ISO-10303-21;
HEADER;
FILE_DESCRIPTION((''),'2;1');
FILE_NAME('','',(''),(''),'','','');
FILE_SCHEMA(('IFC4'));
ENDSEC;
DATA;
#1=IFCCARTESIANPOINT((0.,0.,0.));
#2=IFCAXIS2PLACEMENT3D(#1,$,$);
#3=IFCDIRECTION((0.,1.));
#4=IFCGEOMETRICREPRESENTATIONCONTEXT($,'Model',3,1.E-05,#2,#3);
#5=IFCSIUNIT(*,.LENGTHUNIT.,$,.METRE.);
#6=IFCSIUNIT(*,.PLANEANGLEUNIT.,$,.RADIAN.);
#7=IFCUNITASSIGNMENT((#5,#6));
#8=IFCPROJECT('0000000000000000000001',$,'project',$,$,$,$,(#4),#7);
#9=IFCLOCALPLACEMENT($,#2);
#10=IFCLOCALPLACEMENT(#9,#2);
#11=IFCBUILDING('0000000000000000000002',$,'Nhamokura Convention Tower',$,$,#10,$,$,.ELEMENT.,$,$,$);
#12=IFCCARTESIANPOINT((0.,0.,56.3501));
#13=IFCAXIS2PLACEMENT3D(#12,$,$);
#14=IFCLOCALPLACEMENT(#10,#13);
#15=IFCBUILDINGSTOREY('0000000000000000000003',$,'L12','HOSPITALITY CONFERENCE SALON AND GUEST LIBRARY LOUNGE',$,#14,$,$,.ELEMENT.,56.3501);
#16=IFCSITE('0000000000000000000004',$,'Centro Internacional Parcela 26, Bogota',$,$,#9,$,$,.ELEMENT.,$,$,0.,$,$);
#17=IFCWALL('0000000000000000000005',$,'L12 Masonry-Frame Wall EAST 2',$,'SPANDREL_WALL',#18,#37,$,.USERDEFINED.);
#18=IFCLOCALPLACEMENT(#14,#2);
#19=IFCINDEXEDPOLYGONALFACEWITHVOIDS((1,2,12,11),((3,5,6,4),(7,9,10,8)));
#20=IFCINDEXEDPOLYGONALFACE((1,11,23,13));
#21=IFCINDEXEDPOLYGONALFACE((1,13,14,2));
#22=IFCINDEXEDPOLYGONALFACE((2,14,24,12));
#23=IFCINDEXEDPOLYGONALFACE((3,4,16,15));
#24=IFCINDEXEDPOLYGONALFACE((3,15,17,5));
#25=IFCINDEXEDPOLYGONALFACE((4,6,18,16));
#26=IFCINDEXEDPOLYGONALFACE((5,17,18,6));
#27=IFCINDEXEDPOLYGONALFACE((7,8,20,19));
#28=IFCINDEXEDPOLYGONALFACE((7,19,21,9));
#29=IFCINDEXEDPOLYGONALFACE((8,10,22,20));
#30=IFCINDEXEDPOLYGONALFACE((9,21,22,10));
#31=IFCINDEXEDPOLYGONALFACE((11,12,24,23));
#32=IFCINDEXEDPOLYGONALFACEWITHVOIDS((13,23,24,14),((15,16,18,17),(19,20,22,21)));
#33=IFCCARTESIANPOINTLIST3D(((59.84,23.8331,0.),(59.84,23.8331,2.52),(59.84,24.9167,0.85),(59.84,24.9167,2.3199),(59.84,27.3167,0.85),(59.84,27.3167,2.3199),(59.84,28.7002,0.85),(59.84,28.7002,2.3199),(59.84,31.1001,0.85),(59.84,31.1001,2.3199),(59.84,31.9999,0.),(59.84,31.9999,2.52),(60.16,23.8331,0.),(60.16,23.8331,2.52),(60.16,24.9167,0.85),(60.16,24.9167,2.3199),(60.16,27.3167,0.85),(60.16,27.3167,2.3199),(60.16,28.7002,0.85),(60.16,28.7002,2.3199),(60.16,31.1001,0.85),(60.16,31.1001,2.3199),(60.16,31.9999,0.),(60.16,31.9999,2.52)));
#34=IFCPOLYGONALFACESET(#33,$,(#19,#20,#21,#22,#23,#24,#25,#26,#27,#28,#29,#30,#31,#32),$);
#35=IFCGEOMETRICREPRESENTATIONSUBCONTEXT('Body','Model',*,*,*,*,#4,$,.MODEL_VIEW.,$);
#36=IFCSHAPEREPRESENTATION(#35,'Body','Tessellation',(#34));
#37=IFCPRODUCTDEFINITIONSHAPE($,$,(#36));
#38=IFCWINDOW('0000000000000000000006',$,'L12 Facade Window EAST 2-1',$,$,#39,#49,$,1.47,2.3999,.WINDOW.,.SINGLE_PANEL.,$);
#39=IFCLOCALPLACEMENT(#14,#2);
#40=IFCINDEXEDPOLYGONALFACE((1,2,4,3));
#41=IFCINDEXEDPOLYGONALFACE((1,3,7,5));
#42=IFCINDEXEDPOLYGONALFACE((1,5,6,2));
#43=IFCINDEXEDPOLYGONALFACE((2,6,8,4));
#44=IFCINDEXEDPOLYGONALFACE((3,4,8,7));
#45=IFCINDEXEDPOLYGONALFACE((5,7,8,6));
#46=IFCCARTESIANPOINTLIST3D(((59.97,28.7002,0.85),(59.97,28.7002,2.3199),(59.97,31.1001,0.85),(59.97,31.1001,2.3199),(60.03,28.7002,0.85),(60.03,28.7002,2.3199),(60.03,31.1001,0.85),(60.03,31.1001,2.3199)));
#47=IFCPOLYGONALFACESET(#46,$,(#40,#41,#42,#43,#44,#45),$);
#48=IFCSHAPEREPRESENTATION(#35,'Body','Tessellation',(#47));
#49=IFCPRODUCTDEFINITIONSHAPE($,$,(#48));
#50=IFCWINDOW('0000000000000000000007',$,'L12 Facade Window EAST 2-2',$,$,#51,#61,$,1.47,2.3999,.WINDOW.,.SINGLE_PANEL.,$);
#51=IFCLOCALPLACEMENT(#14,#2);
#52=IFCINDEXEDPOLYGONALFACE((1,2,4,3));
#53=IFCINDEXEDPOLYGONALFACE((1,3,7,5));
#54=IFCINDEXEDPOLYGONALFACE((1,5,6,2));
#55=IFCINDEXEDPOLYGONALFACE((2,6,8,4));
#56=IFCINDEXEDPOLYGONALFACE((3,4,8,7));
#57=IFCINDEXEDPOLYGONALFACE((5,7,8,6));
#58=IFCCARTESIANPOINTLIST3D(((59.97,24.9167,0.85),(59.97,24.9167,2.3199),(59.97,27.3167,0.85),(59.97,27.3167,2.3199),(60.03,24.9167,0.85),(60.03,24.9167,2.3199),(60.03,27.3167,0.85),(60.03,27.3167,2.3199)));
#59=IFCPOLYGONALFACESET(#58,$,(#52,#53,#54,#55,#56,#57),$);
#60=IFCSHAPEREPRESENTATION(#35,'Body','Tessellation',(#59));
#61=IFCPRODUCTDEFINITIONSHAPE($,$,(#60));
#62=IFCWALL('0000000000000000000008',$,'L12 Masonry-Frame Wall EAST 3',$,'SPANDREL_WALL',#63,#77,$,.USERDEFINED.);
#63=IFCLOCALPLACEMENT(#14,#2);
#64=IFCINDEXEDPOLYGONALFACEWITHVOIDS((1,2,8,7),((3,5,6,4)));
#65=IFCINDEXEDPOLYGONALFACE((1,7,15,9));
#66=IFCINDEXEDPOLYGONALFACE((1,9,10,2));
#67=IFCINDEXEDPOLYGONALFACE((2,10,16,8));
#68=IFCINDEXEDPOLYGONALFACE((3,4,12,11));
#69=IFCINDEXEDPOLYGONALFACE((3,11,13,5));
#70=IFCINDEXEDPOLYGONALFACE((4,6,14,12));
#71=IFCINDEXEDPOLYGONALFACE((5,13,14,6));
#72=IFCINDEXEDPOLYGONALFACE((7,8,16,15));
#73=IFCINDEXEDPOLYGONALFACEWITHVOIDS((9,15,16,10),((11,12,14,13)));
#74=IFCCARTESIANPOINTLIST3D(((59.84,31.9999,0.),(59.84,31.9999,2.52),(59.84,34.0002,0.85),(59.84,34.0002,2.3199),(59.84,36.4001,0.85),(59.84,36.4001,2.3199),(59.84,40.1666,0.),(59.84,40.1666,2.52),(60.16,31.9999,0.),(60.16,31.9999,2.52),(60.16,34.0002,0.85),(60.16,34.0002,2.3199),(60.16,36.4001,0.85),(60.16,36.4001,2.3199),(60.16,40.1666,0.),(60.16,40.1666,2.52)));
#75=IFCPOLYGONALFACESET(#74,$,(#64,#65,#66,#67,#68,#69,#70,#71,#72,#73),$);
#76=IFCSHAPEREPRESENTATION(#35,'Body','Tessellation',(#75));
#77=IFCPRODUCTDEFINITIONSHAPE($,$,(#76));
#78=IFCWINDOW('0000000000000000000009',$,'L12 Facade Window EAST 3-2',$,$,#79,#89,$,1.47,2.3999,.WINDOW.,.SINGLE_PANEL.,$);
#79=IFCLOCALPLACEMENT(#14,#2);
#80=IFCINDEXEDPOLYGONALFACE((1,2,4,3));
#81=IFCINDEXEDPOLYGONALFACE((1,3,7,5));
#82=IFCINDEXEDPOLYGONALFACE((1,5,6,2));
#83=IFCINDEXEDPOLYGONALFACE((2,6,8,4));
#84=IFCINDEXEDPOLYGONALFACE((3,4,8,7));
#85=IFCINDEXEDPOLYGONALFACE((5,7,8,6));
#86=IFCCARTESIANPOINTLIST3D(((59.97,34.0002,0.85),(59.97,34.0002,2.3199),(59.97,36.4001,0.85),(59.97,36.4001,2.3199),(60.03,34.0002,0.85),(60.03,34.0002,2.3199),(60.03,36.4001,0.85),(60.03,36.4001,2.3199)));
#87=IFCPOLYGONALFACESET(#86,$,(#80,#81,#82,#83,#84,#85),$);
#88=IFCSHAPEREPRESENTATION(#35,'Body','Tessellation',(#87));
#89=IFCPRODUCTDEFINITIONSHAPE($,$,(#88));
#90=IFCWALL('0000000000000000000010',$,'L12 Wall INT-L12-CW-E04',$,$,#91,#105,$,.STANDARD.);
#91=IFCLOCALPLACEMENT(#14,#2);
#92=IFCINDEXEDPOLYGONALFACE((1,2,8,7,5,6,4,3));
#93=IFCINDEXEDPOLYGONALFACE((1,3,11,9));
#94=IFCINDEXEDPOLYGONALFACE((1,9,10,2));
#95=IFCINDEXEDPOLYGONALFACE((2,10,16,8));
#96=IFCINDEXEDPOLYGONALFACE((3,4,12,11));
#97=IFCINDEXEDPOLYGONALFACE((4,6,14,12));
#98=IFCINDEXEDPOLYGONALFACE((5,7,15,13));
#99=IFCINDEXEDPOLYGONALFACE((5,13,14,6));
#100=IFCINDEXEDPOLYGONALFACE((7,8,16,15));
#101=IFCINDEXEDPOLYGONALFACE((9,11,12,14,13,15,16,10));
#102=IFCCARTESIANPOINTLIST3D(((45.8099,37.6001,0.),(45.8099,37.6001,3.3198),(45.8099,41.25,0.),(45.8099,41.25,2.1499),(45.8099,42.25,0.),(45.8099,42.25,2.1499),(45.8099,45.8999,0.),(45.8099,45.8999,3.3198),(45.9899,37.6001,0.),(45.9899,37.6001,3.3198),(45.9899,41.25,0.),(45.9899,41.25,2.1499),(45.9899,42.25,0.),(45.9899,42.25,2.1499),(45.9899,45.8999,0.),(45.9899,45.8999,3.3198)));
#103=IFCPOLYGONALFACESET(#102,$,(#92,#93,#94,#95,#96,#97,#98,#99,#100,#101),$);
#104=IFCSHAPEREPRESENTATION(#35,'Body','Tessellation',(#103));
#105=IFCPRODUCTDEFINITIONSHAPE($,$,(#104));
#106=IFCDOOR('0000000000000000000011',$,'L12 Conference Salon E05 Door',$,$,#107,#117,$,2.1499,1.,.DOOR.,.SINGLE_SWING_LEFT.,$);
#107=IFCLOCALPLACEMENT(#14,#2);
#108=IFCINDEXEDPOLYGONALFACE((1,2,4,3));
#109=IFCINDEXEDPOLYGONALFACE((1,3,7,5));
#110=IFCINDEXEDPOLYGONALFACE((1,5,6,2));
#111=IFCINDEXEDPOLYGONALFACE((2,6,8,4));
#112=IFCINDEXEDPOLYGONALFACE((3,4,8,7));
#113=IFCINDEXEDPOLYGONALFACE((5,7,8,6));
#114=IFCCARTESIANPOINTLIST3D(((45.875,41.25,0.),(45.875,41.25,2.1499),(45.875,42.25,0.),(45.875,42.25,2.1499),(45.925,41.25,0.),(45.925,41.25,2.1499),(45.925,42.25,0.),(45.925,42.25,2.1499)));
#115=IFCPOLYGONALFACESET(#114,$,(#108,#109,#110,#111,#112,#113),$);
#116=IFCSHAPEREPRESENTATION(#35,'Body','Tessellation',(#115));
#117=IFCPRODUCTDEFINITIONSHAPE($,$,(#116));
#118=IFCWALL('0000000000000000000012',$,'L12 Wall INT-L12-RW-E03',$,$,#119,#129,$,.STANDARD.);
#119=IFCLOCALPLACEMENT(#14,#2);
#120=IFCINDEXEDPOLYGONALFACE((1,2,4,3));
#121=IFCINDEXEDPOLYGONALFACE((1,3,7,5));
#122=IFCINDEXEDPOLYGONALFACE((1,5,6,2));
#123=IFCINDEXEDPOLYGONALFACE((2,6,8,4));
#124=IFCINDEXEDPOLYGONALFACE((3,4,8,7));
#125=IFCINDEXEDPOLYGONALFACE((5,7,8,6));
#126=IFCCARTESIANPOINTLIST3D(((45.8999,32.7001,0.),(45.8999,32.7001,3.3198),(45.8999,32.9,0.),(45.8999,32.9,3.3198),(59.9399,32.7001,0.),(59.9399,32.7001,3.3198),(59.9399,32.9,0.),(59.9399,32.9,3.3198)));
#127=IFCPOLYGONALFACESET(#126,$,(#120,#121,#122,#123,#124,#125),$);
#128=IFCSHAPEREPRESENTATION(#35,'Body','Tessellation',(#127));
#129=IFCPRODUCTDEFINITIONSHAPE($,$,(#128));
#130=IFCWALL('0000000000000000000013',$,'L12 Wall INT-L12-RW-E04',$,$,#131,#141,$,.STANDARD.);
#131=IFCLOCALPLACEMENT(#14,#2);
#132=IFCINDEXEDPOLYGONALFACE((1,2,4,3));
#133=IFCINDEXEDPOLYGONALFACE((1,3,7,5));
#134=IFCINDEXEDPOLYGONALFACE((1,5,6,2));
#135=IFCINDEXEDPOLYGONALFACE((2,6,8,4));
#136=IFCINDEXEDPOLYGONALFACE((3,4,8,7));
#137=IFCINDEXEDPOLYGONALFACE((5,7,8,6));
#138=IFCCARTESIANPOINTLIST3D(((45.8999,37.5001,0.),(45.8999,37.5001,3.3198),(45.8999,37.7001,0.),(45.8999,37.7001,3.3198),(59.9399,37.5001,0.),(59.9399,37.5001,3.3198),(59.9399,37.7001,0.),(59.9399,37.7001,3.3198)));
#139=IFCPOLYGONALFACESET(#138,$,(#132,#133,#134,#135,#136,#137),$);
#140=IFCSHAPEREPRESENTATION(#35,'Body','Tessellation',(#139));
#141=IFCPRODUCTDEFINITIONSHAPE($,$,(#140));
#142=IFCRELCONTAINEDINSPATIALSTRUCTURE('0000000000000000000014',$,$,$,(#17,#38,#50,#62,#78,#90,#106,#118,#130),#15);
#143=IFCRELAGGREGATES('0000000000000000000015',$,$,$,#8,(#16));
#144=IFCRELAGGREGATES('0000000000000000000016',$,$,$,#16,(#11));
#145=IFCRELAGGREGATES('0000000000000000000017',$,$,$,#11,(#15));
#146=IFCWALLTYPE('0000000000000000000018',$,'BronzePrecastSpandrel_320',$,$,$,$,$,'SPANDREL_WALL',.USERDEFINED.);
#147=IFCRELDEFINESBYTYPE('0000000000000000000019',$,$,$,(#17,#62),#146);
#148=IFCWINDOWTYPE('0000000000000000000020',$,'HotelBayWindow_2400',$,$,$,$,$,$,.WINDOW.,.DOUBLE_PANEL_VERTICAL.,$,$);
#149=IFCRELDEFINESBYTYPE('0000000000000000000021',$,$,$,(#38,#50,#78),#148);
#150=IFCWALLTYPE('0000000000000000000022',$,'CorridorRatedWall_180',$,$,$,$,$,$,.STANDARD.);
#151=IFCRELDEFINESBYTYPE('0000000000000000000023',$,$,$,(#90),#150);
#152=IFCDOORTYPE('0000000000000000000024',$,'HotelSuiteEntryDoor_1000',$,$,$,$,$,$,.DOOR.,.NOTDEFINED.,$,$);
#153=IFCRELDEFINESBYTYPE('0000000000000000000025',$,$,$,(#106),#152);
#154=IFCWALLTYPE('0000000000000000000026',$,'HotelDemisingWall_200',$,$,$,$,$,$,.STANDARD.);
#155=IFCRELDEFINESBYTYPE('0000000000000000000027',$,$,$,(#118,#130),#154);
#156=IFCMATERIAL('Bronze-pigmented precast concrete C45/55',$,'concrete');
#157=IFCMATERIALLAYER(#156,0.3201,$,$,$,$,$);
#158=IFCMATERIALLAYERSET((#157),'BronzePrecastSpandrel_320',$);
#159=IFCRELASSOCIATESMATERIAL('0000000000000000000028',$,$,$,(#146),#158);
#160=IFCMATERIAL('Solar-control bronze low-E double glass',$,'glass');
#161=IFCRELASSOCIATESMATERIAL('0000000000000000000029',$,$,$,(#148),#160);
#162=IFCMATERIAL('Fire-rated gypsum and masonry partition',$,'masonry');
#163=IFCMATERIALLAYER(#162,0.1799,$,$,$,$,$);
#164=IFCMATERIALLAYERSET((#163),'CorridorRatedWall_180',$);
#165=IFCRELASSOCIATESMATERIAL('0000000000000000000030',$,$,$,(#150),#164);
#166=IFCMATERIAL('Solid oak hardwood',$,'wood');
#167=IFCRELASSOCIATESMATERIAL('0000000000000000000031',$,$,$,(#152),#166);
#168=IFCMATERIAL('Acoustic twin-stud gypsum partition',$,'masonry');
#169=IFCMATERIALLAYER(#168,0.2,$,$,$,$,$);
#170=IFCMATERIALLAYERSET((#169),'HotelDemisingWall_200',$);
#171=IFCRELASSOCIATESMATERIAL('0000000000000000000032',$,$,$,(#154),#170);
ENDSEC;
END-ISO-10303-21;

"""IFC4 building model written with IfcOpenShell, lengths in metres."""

from ifc_helpers import new_model, si_unit, direction, frame, frame_2d, origin, place, context, subcontext, project, spatial, rectangle, extrude, material, layer, layer_set, type_object, element, fill, save


model = new_model("IFC4")

# Units and contexts
model_context = context("Model", 3, precision=1e-05, world=origin(), true_north=direction((0.0, 1.0)))
body_context = subcontext(model_context, "Body", "Model", "MODEL_VIEW")
ifc_project = project(units=[si_unit("LENGTHUNIT", "METRE"), si_unit("PLANEANGLEUNIT", "RADIAN")], contexts=[model_context])

# Site, building, storey
site_placement = place(None, origin())
site = spatial("IfcSite", under=ifc_project, at=site_placement, Name="Centro Internacional Parcela 26, Bogota", CompositionType="ELEMENT", RefElevation=0.0)
building_placement = place(site_placement, origin())
building = spatial("IfcBuilding", under=site, at=building_placement, Name="Nhamokura Convention Tower", CompositionType="ELEMENT")
storey_placement = place(building_placement, frame((0.0, 0.0, 56.3501)))
storey = spatial("IfcBuildingStorey", under=building, at=storey_placement, Name="L12", Description="HOSPITALITY CONFERENCE SALON AND GUEST LIBRARY LOUNGE", CompositionType="ELEMENT", Elevation=56.3501)

# Wall, openings, windows
ifc_material_1 = material(Name="Bronze-pigmented precast concrete C45/55", Category="concrete")
ifc_layer_1 = layer(ifc_material_1, 0.3201)
ifc_layer_set_1 = layer_set([ifc_layer_1], Name="BronzePrecastSpandrel_320")
wall_type_1 = type_object("IfcWallType", Name="BronzePrecastSpandrel_320", ElementType="SPANDREL_WALL", PredefinedType="USERDEFINED", material=ifc_layer_set_1)
wall_1_placement = place(storey_placement, frame((60.0, 32.0, 0.0), z_axis=(0.0, 0.0, 1.0), x_axis=(0.0, -1.0, 0.0)))
wall_1 = element("IfcWall", 1, at=wall_1_placement, inside=storey, type_object=wall_type_1, Name="L12 Masonry-Frame Wall EAST 2", ObjectType="SPANDREL_WALL", PredefinedType="USERDEFINED", context=body_context, shape_type="SweptSolid", body=[
    extrude(rectangle(XDim=8.1667, YDim=0.3201, at=frame_2d((4.0835, 0.0))), origin(), (0.0, 0.0, 1.0), 2.52),
])
opening_1_placement = place(wall_1_placement, frame((0.8999, 0.0, 0.8501)))
opening_1 = element("IfcOpeningElement", 2, at=opening_1_placement, cuts=wall_1, PredefinedType="OPENING", context=body_context, shape_type="SweptSolid", body=[
    extrude(rectangle(XDim=2.3999, YDim=1.47, at=frame_2d((1.2, 0.7349))), frame((0.0, 0.1699, 0.0), z_axis=(0.0, -1.0, 0.0), x_axis=(1.0, 0.0, 0.0)), (0.0, 0.0, 1.0), 0.3401),
])
opening_2_placement = place(wall_1_placement, frame((4.6833, 0.0, 0.8501)))
opening_2 = element("IfcOpeningElement", 3, at=opening_2_placement, cuts=wall_1, PredefinedType="OPENING", context=body_context, shape_type="SweptSolid", body=[
    extrude(rectangle(XDim=2.3999, YDim=1.47, at=frame_2d((1.2, 0.7349))), frame((0.0, 0.1699, 0.0), z_axis=(0.0, -1.0, 0.0), x_axis=(1.0, 0.0, 0.0)), (0.0, 0.0, 1.0), 0.3401),
])
ifc_material_2 = material(Name="Solar-control bronze low-E double glass", Category="glass")
window_type = type_object("IfcWindowType", Name="HotelBayWindow_2400", PartitioningType="DOUBLE_PANEL_VERTICAL", PredefinedType="WINDOW", material=ifc_material_2)
window_1_placement = place(opening_1_placement, origin())
window_1 = element("IfcWindow", 4, at=window_1_placement, inside=storey, type_object=window_type, Name="L12 Facade Window EAST 2-1", OverallHeight=1.47, OverallWidth=2.3999, PartitioningType="SINGLE_PANEL", PredefinedType="WINDOW", context=body_context, shape_type="SweptSolid", body=[
    extrude(rectangle(XDim=2.3999, YDim=1.47, at=frame_2d((1.2, 0.7349))), frame((0.0, 0.03, 0.0), z_axis=(0.0, -1.0, 0.0), x_axis=(1.0, 0.0, 0.0)), (0.0, 0.0, 1.0), 0.0601),
])
fill(opening_1, window_1)
window_2_placement = place(opening_2_placement, origin())
window_2 = element("IfcWindow", 5, at=window_2_placement, inside=storey, type_object=window_type, Name="L12 Facade Window EAST 2-2", OverallHeight=1.47, OverallWidth=2.3999, PartitioningType="SINGLE_PANEL", PredefinedType="WINDOW", context=body_context, shape_type="SweptSolid", body=[
    extrude(rectangle(XDim=2.3999, YDim=1.47, at=frame_2d((1.2, 0.7349))), frame((0.0, 0.03, 0.0), z_axis=(0.0, -1.0, 0.0), x_axis=(1.0, 0.0, 0.0)), (0.0, 0.0, 1.0), 0.0601),
])
fill(opening_2, window_2)

# Wall, opening, window
wall_2_placement = place(storey_placement, frame((60.0, 40.1667, 0.0), z_axis=(0.0, 0.0, 1.0), x_axis=(0.0, -1.0, 0.0)))
wall_2 = element("IfcWall", 6, at=wall_2_placement, inside=storey, type_object=wall_type_1, Name="L12 Masonry-Frame Wall EAST 3", ObjectType="SPANDREL_WALL", PredefinedType="USERDEFINED", context=body_context, shape_type="SweptSolid", body=[
    extrude(rectangle(XDim=8.1667, YDim=0.3201, at=frame_2d((4.0835, 0.0))), origin(), (0.0, 0.0, 1.0), 2.52),
])
opening_3_placement = place(wall_2_placement, frame((3.7666, 0.0, 0.8501)))
opening_3 = element("IfcOpeningElement", 7, at=opening_3_placement, cuts=wall_2, PredefinedType="OPENING", context=body_context, shape_type="SweptSolid", body=[
    extrude(rectangle(XDim=2.3999, YDim=1.47, at=frame_2d((1.2, 0.7349))), frame((0.0, 0.1699, 0.0), z_axis=(0.0, -1.0, 0.0), x_axis=(1.0, 0.0, 0.0)), (0.0, 0.0, 1.0), 0.3401),
])
window_3_placement = place(opening_3_placement, origin())
window_3 = element("IfcWindow", 8, at=window_3_placement, inside=storey, type_object=window_type, Name="L12 Facade Window EAST 3-2", OverallHeight=1.47, OverallWidth=2.3999, PartitioningType="SINGLE_PANEL", PredefinedType="WINDOW", context=body_context, shape_type="SweptSolid", body=[
    extrude(rectangle(XDim=2.3999, YDim=1.47, at=frame_2d((1.2, 0.7349))), frame((0.0, 0.03, 0.0), z_axis=(0.0, -1.0, 0.0), x_axis=(1.0, 0.0, 0.0)), (0.0, 0.0, 1.0), 0.0601),
])
fill(opening_3, window_3)

# Wall, opening, door
ifc_material_3 = material(Name="Fire-rated gypsum and masonry partition", Category="masonry")
ifc_layer_2 = layer(ifc_material_3, 0.1799)
ifc_layer_set_2 = layer_set([ifc_layer_2], Name="CorridorRatedWall_180")
wall_type_2 = type_object("IfcWallType", Name="CorridorRatedWall_180", PredefinedType="STANDARD", material=ifc_layer_set_2)
ifc_material_4 = material(Name="Solid oak hardwood", Category="wood")
door_type_1 = type_object("IfcDoorType", Name="HotelSuiteEntryDoor_1000", OperationType="NOTDEFINED", PredefinedType="DOOR", material=ifc_material_4)
wall_3_placement = place(storey_placement, frame((45.8999, 37.6001, 0.0), z_axis=(0.0, 0.0, 1.0), x_axis=(0.0, 1.0, 0.0)))
wall_3 = element("IfcWall", 9, at=wall_3_placement, inside=storey, type_object=wall_type_2, Name="L12 Wall INT-L12-CW-E04", PredefinedType="STANDARD", context=body_context, shape_type="SweptSolid", body=[
    extrude(rectangle(XDim=8.2998, YDim=0.1799, at=frame_2d((4.1499, 0.0))), origin(), (0.0, 0.0, 1.0), 3.3198),
])
opening_4_placement = place(wall_3_placement, frame((3.6499, 0.0, 0.0)))
opening_4 = element("IfcOpeningElement", 10, at=opening_4_placement, cuts=wall_3, PredefinedType="OPENING", context=body_context, shape_type="SweptSolid", body=[
    extrude(rectangle(XDim=1.0, YDim=2.1499, at=frame_2d((0.5, 1.075))), frame((0.0, 0.0999, 0.0), z_axis=(0.0, -1.0, 0.0), x_axis=(1.0, 0.0, 0.0)), (0.0, 0.0, 1.0), 0.2),
])
door_1_placement = place(opening_4_placement, origin())
door_1 = element("IfcDoor", 11, at=door_1_placement, inside=storey, type_object=door_type_1, Name="L12 Conference Salon E05 Door", OperationType="SINGLE_SWING_LEFT", OverallHeight=2.1499, OverallWidth=1.0, PredefinedType="DOOR", context=body_context, shape_type="SweptSolid", body=[
    extrude(rectangle(XDim=1.0, YDim=2.1499, at=frame_2d((0.5, 1.075))), frame((0.0, 0.0249, 0.0), z_axis=(0.0, -1.0, 0.0), x_axis=(1.0, 0.0, 0.0)), (0.0, 0.0, 1.0), 0.05),
])
fill(opening_4, door_1)

# Walls
ifc_material_5 = material(Name="Acoustic twin-stud gypsum partition", Category="masonry")
ifc_layer_3 = layer(ifc_material_5, 0.2)
ifc_layer_set_3 = layer_set([ifc_layer_3], Name="HotelDemisingWall_200")
wall_type_3 = type_object("IfcWallType", Name="HotelDemisingWall_200", PredefinedType="STANDARD", material=ifc_layer_set_3)
for number, where, z_axis, x_axis, name in (
    (12, (45.8999, 32.8, 0.0), (0.0, 0.0, 1.0), (1.0, 0.0, 0.0), "L12 Wall INT-L12-RW-E03"),
    (13, (45.8999, 37.6001, 0.0), (0.0, 0.0, 1.0), (1.0, 0.0, 0.0), "L12 Wall INT-L12-RW-E04"),
):
    element("IfcWall", number, at=place(storey_placement, frame(where, z_axis=z_axis, x_axis=x_axis)), inside=storey, type_object=wall_type_3, Name=name, PredefinedType="STANDARD", context=body_context, shape_type="SweptSolid", body=[
        extrude(rectangle(XDim=14.04, YDim=0.2, at=frame_2d((7.02, 0.0))), origin(), (0.0, 0.0, 1.0), 3.3198),
    ])

save(model, "model.ifc")
